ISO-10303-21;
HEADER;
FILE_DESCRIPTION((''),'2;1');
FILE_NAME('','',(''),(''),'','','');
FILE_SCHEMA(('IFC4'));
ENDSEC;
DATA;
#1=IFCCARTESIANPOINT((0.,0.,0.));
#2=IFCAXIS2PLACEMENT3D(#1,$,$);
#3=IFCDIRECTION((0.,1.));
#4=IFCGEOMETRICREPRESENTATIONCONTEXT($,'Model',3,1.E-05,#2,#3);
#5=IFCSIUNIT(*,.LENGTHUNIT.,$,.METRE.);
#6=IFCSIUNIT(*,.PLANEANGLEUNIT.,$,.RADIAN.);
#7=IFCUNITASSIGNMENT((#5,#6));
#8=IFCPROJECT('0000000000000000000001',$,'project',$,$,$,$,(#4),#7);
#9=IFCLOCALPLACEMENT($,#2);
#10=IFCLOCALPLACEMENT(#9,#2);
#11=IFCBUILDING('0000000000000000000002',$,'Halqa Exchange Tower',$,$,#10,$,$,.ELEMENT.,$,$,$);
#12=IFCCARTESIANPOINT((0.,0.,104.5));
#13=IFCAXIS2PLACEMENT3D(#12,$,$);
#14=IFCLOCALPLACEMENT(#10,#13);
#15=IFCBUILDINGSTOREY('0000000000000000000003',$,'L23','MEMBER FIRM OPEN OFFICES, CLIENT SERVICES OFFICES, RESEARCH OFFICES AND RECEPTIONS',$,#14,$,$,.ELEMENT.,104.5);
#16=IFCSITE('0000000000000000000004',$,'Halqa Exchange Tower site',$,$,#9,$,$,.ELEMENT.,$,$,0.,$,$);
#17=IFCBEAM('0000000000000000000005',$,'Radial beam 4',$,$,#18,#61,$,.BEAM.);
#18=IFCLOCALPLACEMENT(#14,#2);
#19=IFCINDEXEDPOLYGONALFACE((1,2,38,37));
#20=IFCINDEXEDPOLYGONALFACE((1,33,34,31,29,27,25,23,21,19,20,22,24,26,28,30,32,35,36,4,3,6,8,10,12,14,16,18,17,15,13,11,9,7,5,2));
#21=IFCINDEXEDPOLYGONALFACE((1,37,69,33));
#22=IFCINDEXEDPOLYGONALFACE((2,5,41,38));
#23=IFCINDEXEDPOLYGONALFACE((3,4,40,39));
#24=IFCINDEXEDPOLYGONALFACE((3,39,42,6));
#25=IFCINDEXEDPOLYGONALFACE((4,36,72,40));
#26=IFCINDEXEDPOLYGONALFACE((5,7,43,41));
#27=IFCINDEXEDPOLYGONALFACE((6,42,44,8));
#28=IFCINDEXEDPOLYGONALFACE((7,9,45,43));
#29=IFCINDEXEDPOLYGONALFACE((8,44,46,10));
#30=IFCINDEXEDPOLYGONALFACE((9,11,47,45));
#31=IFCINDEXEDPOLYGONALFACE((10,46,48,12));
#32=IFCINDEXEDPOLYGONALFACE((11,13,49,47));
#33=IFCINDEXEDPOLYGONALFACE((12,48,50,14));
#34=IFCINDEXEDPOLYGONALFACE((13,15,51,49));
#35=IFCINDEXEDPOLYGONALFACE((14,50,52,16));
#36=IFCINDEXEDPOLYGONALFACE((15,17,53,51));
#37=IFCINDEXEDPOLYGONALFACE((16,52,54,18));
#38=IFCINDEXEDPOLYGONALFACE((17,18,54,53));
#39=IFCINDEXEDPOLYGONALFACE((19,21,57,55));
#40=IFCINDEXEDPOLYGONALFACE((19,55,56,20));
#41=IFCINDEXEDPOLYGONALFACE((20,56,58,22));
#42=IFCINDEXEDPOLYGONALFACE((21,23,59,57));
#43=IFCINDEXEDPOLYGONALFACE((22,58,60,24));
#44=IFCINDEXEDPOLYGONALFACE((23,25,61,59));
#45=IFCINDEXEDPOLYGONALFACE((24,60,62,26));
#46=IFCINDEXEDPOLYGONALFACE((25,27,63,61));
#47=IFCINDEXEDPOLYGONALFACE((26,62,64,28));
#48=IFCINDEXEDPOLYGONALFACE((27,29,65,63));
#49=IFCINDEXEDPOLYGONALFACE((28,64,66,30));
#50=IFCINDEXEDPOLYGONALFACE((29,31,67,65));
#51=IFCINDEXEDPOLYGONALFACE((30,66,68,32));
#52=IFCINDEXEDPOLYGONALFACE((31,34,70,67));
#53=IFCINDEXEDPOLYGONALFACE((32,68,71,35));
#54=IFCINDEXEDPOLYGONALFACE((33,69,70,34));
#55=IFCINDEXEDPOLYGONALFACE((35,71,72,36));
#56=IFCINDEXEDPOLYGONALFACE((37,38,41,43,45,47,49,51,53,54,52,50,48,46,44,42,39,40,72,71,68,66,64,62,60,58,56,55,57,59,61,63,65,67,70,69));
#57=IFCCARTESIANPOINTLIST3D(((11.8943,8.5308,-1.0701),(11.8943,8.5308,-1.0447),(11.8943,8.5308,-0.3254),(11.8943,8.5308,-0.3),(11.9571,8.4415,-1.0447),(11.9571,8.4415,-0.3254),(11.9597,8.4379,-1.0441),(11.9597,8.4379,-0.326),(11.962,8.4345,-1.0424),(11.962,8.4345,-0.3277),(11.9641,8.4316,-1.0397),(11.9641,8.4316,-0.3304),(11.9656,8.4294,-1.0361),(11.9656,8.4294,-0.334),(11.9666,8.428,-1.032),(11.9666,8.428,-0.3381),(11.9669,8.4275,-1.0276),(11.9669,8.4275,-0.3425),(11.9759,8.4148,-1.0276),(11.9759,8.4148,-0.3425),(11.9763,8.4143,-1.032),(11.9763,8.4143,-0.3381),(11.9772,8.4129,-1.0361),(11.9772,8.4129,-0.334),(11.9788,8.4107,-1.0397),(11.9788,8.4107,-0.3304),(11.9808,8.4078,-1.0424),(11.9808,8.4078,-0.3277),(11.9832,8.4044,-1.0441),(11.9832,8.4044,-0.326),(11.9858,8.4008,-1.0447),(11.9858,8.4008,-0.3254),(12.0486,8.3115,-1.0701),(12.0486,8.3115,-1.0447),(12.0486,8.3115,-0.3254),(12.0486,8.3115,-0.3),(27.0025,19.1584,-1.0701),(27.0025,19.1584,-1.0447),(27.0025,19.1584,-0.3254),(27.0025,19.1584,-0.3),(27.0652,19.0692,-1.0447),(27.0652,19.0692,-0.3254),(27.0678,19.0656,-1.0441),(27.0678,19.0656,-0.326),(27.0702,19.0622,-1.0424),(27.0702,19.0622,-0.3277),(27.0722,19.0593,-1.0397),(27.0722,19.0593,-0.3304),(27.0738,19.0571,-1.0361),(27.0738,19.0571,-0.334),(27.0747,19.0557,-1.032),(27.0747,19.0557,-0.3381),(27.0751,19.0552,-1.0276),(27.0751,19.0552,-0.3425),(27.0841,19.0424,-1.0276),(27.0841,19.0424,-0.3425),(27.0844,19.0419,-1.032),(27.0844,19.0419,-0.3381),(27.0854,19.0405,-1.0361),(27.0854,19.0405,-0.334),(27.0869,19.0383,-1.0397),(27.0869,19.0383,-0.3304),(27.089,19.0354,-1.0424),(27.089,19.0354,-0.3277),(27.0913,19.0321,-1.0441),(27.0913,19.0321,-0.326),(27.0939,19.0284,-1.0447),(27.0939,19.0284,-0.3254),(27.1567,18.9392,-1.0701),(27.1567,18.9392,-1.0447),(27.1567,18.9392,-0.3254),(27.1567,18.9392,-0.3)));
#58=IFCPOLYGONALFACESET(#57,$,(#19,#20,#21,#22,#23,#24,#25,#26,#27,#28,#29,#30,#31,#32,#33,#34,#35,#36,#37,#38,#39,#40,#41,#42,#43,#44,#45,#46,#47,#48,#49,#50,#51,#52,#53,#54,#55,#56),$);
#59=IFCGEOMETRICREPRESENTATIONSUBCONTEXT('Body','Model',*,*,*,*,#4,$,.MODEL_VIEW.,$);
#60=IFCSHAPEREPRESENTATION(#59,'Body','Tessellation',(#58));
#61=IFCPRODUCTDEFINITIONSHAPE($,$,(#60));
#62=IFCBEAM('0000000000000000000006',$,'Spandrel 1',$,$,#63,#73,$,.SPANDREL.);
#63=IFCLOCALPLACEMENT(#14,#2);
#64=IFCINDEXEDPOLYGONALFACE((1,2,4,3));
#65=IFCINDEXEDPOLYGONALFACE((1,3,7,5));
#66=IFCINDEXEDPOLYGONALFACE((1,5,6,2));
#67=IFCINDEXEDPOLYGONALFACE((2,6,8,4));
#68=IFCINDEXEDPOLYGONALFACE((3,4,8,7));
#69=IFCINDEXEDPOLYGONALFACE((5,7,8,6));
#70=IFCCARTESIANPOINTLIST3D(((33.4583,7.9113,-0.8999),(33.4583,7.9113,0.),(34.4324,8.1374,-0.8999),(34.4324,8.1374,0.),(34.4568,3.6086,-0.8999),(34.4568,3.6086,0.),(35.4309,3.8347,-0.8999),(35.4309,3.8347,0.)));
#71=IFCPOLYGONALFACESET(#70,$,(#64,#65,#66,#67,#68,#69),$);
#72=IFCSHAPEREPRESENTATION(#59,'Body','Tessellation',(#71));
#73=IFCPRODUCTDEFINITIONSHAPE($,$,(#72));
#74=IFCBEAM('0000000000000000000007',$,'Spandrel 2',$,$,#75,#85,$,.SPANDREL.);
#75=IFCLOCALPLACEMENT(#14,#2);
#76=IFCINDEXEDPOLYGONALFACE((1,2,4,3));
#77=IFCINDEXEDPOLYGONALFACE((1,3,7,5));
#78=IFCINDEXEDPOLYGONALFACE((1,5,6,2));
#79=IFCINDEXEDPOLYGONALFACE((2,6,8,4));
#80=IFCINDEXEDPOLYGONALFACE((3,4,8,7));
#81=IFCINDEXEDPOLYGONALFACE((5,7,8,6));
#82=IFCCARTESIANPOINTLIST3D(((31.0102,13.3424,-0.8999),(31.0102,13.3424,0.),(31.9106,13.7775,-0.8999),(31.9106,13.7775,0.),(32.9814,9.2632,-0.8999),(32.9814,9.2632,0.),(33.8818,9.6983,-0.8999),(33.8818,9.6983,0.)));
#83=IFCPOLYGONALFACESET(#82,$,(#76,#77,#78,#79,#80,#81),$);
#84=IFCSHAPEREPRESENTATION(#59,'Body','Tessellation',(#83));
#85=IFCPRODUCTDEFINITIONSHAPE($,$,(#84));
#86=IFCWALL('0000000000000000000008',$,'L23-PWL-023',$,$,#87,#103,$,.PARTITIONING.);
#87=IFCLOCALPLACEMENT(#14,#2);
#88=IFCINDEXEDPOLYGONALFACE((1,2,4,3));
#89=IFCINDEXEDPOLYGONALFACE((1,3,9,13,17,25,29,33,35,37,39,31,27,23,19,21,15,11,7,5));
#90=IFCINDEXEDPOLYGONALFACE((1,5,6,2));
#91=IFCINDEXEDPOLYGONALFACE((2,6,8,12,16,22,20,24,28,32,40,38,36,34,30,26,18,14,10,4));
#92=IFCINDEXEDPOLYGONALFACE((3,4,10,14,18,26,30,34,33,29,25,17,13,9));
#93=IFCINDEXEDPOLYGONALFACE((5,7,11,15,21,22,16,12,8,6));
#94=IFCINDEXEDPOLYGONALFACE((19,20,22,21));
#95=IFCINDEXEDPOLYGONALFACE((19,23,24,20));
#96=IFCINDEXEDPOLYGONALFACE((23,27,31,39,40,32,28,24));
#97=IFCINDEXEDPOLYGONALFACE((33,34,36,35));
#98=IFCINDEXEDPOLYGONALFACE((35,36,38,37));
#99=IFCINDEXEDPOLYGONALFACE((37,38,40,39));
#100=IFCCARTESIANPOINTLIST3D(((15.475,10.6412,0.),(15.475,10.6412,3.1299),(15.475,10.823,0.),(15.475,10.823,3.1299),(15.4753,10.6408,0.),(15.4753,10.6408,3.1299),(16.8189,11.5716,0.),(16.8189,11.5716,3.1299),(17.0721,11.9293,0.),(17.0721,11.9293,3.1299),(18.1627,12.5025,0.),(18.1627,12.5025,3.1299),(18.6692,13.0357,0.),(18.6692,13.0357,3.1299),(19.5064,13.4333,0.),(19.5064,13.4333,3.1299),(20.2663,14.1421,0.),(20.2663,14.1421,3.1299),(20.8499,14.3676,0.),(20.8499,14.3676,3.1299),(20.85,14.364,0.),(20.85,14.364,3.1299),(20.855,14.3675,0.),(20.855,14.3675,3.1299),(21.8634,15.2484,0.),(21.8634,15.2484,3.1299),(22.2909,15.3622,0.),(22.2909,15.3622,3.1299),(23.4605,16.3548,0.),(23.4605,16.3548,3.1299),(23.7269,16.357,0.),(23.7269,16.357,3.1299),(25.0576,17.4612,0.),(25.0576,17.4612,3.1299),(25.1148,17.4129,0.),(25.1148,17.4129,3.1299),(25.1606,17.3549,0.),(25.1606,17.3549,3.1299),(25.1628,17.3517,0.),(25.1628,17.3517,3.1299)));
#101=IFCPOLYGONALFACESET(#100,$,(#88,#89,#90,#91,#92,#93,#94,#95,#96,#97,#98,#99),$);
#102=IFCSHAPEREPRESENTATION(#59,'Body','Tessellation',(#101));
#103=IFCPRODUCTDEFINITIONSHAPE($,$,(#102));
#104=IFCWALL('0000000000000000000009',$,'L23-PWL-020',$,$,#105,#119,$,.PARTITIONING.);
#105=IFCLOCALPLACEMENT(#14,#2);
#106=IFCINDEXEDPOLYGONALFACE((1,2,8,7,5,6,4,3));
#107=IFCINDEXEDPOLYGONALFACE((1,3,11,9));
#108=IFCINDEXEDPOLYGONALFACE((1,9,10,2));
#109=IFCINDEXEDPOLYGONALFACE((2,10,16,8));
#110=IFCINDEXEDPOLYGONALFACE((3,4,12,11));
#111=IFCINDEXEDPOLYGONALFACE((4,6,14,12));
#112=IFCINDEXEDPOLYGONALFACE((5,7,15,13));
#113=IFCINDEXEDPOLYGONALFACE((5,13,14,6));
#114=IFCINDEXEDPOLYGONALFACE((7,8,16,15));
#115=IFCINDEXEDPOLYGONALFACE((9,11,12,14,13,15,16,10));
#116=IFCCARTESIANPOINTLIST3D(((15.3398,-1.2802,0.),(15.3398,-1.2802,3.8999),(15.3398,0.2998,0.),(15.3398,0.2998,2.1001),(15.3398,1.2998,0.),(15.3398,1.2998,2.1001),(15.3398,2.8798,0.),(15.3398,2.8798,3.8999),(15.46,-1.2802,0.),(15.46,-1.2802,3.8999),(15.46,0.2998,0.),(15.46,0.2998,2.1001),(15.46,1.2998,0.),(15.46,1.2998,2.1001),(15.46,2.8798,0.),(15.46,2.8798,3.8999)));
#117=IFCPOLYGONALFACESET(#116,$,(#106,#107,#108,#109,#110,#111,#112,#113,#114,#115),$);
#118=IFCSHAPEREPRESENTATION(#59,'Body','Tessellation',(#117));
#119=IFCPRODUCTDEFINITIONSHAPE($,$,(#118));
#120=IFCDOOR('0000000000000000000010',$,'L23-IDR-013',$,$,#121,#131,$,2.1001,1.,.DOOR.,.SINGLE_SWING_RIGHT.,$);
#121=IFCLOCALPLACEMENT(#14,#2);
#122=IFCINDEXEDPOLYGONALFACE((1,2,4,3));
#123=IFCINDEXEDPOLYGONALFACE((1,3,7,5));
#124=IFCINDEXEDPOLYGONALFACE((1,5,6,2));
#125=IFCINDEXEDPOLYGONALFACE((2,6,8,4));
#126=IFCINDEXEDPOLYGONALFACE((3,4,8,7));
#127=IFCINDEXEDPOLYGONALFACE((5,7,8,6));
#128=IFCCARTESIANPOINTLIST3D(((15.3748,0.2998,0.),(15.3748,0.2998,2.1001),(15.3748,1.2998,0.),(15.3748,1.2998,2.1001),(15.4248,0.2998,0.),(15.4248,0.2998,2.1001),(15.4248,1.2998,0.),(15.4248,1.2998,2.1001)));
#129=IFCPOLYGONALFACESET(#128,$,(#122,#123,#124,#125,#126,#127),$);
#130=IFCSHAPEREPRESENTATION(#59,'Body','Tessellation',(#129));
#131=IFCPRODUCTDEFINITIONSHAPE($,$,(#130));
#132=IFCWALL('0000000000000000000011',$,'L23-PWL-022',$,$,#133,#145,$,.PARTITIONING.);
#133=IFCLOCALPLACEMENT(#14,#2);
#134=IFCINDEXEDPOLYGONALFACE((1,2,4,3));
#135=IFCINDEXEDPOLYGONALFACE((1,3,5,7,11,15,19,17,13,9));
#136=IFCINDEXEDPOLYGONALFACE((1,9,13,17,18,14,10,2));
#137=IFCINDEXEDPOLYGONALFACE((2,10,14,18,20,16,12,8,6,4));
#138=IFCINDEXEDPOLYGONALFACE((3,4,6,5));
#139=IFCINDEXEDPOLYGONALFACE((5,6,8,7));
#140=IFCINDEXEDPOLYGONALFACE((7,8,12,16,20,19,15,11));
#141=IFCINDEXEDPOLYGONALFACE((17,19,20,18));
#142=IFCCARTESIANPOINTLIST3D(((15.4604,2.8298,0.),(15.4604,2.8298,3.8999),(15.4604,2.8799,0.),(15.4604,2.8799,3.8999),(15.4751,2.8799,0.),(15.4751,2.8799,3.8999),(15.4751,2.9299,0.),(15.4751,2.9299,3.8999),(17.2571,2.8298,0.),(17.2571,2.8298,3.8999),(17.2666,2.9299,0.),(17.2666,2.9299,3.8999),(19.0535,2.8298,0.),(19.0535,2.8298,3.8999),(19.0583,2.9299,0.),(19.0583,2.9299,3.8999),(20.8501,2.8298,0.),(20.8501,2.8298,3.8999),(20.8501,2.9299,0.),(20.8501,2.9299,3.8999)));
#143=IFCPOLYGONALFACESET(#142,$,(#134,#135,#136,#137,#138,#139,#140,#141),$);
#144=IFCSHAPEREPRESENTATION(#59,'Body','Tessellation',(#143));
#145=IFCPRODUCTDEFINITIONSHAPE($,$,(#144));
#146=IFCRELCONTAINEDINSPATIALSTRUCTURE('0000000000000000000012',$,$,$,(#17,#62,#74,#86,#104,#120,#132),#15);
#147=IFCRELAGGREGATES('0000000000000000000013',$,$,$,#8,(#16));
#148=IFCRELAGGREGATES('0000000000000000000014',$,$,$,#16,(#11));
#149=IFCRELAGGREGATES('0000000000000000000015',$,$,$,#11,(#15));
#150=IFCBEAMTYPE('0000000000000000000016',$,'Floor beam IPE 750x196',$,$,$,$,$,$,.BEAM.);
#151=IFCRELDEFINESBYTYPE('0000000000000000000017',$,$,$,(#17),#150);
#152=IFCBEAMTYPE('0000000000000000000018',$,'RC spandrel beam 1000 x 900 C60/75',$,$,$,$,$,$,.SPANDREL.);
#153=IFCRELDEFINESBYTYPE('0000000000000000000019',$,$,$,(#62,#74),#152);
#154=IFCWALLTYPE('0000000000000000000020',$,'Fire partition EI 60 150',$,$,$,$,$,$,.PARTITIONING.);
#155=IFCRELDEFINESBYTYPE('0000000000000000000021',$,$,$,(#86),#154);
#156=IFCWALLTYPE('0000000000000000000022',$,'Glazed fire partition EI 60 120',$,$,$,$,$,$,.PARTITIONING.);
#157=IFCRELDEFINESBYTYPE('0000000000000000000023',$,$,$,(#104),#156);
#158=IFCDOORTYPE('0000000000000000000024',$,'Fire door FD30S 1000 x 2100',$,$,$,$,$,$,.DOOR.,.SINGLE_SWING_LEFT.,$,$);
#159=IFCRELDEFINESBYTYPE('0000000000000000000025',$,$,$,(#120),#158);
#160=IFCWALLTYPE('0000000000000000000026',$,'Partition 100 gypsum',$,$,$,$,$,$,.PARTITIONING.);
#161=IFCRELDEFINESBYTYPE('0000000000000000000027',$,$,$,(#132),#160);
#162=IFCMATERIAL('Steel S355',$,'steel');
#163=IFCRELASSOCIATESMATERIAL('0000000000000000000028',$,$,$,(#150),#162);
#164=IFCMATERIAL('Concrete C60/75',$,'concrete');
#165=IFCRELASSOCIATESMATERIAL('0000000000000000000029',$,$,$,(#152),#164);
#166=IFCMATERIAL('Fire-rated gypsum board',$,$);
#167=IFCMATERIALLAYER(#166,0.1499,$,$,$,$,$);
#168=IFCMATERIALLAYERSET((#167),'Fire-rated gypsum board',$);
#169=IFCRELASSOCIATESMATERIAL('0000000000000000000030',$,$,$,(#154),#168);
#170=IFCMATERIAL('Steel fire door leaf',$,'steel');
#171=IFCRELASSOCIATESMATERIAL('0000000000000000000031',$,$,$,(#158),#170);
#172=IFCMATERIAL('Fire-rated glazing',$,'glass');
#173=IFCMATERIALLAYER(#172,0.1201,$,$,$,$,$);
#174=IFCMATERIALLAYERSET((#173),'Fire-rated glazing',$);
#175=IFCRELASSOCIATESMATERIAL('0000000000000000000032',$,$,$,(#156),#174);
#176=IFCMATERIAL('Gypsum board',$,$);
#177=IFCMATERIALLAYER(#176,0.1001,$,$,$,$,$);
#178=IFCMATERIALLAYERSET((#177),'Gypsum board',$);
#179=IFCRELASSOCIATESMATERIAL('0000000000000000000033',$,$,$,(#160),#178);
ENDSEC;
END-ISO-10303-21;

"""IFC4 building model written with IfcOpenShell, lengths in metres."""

from ifc_helpers import new_model, si_unit, direction, frame, frame_2d, origin, origin_2d, place, context, subcontext, project, spatial, polyline, rectangle, i_section, outline, extrude, material, layer, layer_set, material_profile, profile_set, type_object, element, fill, save


model = new_model("IFC4")

# Units and contexts
model_context = context("Model", 3, precision=1e-05, world=origin(), true_north=direction((0.0, 1.0)))
body_context = subcontext(model_context, "Body", "Model", "MODEL_VIEW")
ifc_project = project(units=[si_unit("LENGTHUNIT", "METRE"), si_unit("PLANEANGLEUNIT", "RADIAN")], contexts=[model_context])

# Site, building, storey
site_placement = place(None, origin())
site = spatial("IfcSite", under=ifc_project, at=site_placement, Name="Halqa Exchange Tower site", CompositionType="ELEMENT", RefElevation=0.0)
building_placement = place(site_placement, origin())
building = spatial("IfcBuilding", under=site, at=building_placement, Name="Halqa Exchange Tower", CompositionType="ELEMENT")
storey_placement = place(building_placement, frame((0.0, 0.0, 104.5)))
storey = spatial("IfcBuildingStorey", under=building, at=storey_placement, Name="L23", Description="MEMBER FIRM OPEN OFFICES, CLIENT SERVICES OFFICES, RESEARCH OFFICES AND RECEPTIONS", CompositionType="ELEMENT", Elevation=104.5)

# Beams
ifc_material_1 = material(Name="Steel S355", Category="steel")
ifc_material_profile_1 = material_profile(ifc_material_1, i_section(OverallWidth=0.2681, OverallDepth=0.77, WebThickness=0.0156, FlangeThickness=0.0254, FilletRadius=0.0171, at=origin_2d()), Name="IPE 750x196")
ifc_profile_set_1 = profile_set([ifc_material_profile_1], Name="Steel S355")
beam_type_1 = type_object("IfcBeamType", Name="Floor beam IPE 750x196", PredefinedType="BEAM", material=ifc_profile_set_1)
beam_1_placement = place(storey_placement, frame((11.9714, 8.4211, -0.6851), z_axis=(0.817908, 0.575349, 0.0), x_axis=(-0.575349, 0.817908, 0.0)))
element("IfcBeam", 1, at=beam_1_placement, inside=storey, type_object=beam_type_1, Name="Radial beam 4", PredefinedType="BEAM", context=body_context, shape_type="SweptSolid", body=[
    extrude(i_section(OverallWidth=0.2681, OverallDepth=0.77, WebThickness=0.0156, FlangeThickness=0.0254, FilletRadius=0.0171, at=origin_2d()), origin(), (0.0, 0.0, 1.0), 18.4717),
])
ifc_material_2 = material(Name="Concrete C60/75", Category="concrete")
ifc_material_profile_2 = material_profile(ifc_material_2, rectangle(XDim=1.0, YDim=0.8999, at=origin_2d()), Name="1000 x 900")
ifc_profile_set_2 = profile_set([ifc_material_profile_2], Name="Concrete C60/75")
beam_type_2 = type_object("IfcBeamType", Name="RC spandrel beam 1000 x 900 C60/75", PredefinedType="SPANDREL", material=ifc_profile_set_2)
beam_2_placement = place(storey_placement, frame((34.9438, 3.7217, -0.45), z_axis=(-0.226062, 0.974113, 0.0), x_axis=(-0.974113, -0.226062, 0.0)))
element("IfcBeam", 2, at=beam_2_placement, inside=storey, type_object=beam_type_2, Name="Spandrel 1", PredefinedType="SPANDREL", context=body_context, shape_type="SweptSolid", body=[
    extrude(rectangle(XDim=1.0, YDim=0.8999, at=origin_2d()), origin(), (0.0, 0.0, 1.0), 4.417),
])
beam_3_placement = place(storey_placement, frame((33.4316, 9.4807, -0.45), z_axis=(-0.435102, 0.900381, 0.0), x_axis=(-0.900381, -0.435102, 0.0)))
element("IfcBeam", 3, at=beam_3_placement, inside=storey, type_object=beam_type_2, Name="Spandrel 2", PredefinedType="SPANDREL", context=body_context, shape_type="SweptSolid", body=[
    extrude(rectangle(XDim=1.0, YDim=0.8999, at=origin_2d()), origin(), (0.0, 0.0, 1.0), 4.5305),
])

# Shared definitions
ifc_material_3 = material(Name="Fire-rated gypsum board")
ifc_layer_1 = layer(ifc_material_3, 0.1499)
ifc_layer_set_1 = layer_set([ifc_layer_1], Name="Fire-rated gypsum board")
wall_type_1 = type_object("IfcWallType", Name="Fire partition EI 60 150", PredefinedType="PARTITIONING", material=ifc_layer_set_1)
ifc_material_4 = material(Name="Steel fire door leaf", Category="steel")
door_type = type_object("IfcDoorType", Name="Fire door FD30S 1000 x 2100", OperationType="SINGLE_SWING_LEFT", PredefinedType="DOOR", material=ifc_material_4)

# Wall
wall_1_placement = place(storey_placement, frame((15.4326, 10.7024, 0.0), z_axis=(0.0, 0.0, 1.0), x_axis=(0.822025, 0.569451, 0.0)))
element("IfcWall", 4, at=wall_1_placement, inside=storey, type_object=wall_type_1, Name="L23-PWL-023", PredefinedType="PARTITIONING", context=body_context, shape_type="SweptSolid", body=[
    extrude(outline(polyline([(0.0, -0.075), (1.6345, -0.075), (3.2693, -0.075), (4.9038, -0.075), (6.5383, -0.075), (6.5403, -0.072), (6.5444, -0.075), (8.2913, -0.075), (10.0381, -0.075), (11.7849, -0.075), (11.7849, -0.071), (11.7803, 0.0027), (11.7607, 0.075), (9.8179, 0.075), (7.875, 0.075), (5.9321, 0.075), (3.9893, 0.075), (2.0464, 0.075), (0.1035, 0.075), (0.0, -0.0745), (0.0, -0.075)])), origin(), (0.0, 0.0, 1.0), 3.1299),
])

# Wall, opening, door
ifc_material_5 = material(Name="Fire-rated glazing", Category="glass")
ifc_layer_2 = layer(ifc_material_5, 0.1201)
ifc_layer_set_2 = layer_set([ifc_layer_2], Name="Fire-rated glazing")
wall_type_2 = type_object("IfcWallType", Name="Glazed fire partition EI 60 120", PredefinedType="PARTITIONING", material=ifc_layer_set_2)
wall_2_placement = place(storey_placement, frame((15.3999, 2.8799, 0.0), z_axis=(0.0, 0.0, 1.0), x_axis=(0.0, -1.0, 0.0)))
wall_2 = element("IfcWall", 5, at=wall_2_placement, inside=storey, type_object=wall_type_2, Name="L23-PWL-020", PredefinedType="PARTITIONING", context=body_context, shape_type="SweptSolid", body=[
    extrude(rectangle(XDim=4.1599, YDim=0.1201, at=frame_2d((2.0801, 0.0))), origin(), (0.0, 0.0, 1.0), 3.8999),
])
opening_1_placement = place(wall_2_placement, frame((1.5801, 0.0, 0.0)))
opening_1 = element("IfcOpeningElement", 6, at=opening_1_placement, cuts=wall_2, PredefinedType="OPENING", context=body_context, shape_type="SweptSolid", body=[
    extrude(rectangle(XDim=1.0, YDim=2.1001, at=frame_2d((0.5, 1.05))), frame((0.0, 0.072, 0.0), z_axis=(0.0, -1.0, 0.0), x_axis=(1.0, 0.0, 0.0)), (0.0, 0.0, 1.0), 0.144),
])
door_1_placement = place(opening_1_placement, origin())
door_1 = element("IfcDoor", 7, at=door_1_placement, inside=storey, type_object=door_type, Name="L23-IDR-013", OperationType="SINGLE_SWING_RIGHT", OverallHeight=2.1001, OverallWidth=1.0, PredefinedType="DOOR", context=body_context, shape_type="SweptSolid", body=[
    extrude(rectangle(XDim=1.0, YDim=2.1001, at=frame_2d((0.5, 1.05))), frame((0.0, 0.0249, 0.0), z_axis=(0.0, -1.0, 0.0), x_axis=(1.0, 0.0, 0.0)), (0.0, 0.0, 1.0), 0.05),
])
fill(opening_1, door_1)

# Wall
ifc_material_6 = material(Name="Gypsum board")
ifc_layer_3 = layer(ifc_material_6, 0.1001)
ifc_layer_set_3 = layer_set([ifc_layer_3], Name="Gypsum board")
wall_type_3 = type_object("IfcWallType", Name="Partition 100 gypsum", PredefinedType="PARTITIONING", material=ifc_layer_set_3)
wall_3_placement = place(storey_placement, frame((15.4604, 2.8799, 0.0), z_axis=(0.0, 0.0, 1.0), x_axis=(1.0, 0.0, 0.0)))
element("IfcWall", 8, at=wall_3_placement, inside=storey, type_object=wall_type_3, Name="L23-PWL-022", PredefinedType="PARTITIONING", context=body_context, shape_type="SweptSolid", body=[
    extrude(outline(polyline([(0.0, -0.05), (1.7966, -0.05), (3.593, -0.05), (5.3896, -0.05), (5.3896, 0.05), (3.5979, 0.05), (1.8062, 0.05), (0.0146, 0.05), (0.0146, 0.0), (0.0, 0.0), (0.0, -0.05)])), origin(), (0.0, 0.0, 1.0), 3.8999),
])

save(model, "model.ifc")
